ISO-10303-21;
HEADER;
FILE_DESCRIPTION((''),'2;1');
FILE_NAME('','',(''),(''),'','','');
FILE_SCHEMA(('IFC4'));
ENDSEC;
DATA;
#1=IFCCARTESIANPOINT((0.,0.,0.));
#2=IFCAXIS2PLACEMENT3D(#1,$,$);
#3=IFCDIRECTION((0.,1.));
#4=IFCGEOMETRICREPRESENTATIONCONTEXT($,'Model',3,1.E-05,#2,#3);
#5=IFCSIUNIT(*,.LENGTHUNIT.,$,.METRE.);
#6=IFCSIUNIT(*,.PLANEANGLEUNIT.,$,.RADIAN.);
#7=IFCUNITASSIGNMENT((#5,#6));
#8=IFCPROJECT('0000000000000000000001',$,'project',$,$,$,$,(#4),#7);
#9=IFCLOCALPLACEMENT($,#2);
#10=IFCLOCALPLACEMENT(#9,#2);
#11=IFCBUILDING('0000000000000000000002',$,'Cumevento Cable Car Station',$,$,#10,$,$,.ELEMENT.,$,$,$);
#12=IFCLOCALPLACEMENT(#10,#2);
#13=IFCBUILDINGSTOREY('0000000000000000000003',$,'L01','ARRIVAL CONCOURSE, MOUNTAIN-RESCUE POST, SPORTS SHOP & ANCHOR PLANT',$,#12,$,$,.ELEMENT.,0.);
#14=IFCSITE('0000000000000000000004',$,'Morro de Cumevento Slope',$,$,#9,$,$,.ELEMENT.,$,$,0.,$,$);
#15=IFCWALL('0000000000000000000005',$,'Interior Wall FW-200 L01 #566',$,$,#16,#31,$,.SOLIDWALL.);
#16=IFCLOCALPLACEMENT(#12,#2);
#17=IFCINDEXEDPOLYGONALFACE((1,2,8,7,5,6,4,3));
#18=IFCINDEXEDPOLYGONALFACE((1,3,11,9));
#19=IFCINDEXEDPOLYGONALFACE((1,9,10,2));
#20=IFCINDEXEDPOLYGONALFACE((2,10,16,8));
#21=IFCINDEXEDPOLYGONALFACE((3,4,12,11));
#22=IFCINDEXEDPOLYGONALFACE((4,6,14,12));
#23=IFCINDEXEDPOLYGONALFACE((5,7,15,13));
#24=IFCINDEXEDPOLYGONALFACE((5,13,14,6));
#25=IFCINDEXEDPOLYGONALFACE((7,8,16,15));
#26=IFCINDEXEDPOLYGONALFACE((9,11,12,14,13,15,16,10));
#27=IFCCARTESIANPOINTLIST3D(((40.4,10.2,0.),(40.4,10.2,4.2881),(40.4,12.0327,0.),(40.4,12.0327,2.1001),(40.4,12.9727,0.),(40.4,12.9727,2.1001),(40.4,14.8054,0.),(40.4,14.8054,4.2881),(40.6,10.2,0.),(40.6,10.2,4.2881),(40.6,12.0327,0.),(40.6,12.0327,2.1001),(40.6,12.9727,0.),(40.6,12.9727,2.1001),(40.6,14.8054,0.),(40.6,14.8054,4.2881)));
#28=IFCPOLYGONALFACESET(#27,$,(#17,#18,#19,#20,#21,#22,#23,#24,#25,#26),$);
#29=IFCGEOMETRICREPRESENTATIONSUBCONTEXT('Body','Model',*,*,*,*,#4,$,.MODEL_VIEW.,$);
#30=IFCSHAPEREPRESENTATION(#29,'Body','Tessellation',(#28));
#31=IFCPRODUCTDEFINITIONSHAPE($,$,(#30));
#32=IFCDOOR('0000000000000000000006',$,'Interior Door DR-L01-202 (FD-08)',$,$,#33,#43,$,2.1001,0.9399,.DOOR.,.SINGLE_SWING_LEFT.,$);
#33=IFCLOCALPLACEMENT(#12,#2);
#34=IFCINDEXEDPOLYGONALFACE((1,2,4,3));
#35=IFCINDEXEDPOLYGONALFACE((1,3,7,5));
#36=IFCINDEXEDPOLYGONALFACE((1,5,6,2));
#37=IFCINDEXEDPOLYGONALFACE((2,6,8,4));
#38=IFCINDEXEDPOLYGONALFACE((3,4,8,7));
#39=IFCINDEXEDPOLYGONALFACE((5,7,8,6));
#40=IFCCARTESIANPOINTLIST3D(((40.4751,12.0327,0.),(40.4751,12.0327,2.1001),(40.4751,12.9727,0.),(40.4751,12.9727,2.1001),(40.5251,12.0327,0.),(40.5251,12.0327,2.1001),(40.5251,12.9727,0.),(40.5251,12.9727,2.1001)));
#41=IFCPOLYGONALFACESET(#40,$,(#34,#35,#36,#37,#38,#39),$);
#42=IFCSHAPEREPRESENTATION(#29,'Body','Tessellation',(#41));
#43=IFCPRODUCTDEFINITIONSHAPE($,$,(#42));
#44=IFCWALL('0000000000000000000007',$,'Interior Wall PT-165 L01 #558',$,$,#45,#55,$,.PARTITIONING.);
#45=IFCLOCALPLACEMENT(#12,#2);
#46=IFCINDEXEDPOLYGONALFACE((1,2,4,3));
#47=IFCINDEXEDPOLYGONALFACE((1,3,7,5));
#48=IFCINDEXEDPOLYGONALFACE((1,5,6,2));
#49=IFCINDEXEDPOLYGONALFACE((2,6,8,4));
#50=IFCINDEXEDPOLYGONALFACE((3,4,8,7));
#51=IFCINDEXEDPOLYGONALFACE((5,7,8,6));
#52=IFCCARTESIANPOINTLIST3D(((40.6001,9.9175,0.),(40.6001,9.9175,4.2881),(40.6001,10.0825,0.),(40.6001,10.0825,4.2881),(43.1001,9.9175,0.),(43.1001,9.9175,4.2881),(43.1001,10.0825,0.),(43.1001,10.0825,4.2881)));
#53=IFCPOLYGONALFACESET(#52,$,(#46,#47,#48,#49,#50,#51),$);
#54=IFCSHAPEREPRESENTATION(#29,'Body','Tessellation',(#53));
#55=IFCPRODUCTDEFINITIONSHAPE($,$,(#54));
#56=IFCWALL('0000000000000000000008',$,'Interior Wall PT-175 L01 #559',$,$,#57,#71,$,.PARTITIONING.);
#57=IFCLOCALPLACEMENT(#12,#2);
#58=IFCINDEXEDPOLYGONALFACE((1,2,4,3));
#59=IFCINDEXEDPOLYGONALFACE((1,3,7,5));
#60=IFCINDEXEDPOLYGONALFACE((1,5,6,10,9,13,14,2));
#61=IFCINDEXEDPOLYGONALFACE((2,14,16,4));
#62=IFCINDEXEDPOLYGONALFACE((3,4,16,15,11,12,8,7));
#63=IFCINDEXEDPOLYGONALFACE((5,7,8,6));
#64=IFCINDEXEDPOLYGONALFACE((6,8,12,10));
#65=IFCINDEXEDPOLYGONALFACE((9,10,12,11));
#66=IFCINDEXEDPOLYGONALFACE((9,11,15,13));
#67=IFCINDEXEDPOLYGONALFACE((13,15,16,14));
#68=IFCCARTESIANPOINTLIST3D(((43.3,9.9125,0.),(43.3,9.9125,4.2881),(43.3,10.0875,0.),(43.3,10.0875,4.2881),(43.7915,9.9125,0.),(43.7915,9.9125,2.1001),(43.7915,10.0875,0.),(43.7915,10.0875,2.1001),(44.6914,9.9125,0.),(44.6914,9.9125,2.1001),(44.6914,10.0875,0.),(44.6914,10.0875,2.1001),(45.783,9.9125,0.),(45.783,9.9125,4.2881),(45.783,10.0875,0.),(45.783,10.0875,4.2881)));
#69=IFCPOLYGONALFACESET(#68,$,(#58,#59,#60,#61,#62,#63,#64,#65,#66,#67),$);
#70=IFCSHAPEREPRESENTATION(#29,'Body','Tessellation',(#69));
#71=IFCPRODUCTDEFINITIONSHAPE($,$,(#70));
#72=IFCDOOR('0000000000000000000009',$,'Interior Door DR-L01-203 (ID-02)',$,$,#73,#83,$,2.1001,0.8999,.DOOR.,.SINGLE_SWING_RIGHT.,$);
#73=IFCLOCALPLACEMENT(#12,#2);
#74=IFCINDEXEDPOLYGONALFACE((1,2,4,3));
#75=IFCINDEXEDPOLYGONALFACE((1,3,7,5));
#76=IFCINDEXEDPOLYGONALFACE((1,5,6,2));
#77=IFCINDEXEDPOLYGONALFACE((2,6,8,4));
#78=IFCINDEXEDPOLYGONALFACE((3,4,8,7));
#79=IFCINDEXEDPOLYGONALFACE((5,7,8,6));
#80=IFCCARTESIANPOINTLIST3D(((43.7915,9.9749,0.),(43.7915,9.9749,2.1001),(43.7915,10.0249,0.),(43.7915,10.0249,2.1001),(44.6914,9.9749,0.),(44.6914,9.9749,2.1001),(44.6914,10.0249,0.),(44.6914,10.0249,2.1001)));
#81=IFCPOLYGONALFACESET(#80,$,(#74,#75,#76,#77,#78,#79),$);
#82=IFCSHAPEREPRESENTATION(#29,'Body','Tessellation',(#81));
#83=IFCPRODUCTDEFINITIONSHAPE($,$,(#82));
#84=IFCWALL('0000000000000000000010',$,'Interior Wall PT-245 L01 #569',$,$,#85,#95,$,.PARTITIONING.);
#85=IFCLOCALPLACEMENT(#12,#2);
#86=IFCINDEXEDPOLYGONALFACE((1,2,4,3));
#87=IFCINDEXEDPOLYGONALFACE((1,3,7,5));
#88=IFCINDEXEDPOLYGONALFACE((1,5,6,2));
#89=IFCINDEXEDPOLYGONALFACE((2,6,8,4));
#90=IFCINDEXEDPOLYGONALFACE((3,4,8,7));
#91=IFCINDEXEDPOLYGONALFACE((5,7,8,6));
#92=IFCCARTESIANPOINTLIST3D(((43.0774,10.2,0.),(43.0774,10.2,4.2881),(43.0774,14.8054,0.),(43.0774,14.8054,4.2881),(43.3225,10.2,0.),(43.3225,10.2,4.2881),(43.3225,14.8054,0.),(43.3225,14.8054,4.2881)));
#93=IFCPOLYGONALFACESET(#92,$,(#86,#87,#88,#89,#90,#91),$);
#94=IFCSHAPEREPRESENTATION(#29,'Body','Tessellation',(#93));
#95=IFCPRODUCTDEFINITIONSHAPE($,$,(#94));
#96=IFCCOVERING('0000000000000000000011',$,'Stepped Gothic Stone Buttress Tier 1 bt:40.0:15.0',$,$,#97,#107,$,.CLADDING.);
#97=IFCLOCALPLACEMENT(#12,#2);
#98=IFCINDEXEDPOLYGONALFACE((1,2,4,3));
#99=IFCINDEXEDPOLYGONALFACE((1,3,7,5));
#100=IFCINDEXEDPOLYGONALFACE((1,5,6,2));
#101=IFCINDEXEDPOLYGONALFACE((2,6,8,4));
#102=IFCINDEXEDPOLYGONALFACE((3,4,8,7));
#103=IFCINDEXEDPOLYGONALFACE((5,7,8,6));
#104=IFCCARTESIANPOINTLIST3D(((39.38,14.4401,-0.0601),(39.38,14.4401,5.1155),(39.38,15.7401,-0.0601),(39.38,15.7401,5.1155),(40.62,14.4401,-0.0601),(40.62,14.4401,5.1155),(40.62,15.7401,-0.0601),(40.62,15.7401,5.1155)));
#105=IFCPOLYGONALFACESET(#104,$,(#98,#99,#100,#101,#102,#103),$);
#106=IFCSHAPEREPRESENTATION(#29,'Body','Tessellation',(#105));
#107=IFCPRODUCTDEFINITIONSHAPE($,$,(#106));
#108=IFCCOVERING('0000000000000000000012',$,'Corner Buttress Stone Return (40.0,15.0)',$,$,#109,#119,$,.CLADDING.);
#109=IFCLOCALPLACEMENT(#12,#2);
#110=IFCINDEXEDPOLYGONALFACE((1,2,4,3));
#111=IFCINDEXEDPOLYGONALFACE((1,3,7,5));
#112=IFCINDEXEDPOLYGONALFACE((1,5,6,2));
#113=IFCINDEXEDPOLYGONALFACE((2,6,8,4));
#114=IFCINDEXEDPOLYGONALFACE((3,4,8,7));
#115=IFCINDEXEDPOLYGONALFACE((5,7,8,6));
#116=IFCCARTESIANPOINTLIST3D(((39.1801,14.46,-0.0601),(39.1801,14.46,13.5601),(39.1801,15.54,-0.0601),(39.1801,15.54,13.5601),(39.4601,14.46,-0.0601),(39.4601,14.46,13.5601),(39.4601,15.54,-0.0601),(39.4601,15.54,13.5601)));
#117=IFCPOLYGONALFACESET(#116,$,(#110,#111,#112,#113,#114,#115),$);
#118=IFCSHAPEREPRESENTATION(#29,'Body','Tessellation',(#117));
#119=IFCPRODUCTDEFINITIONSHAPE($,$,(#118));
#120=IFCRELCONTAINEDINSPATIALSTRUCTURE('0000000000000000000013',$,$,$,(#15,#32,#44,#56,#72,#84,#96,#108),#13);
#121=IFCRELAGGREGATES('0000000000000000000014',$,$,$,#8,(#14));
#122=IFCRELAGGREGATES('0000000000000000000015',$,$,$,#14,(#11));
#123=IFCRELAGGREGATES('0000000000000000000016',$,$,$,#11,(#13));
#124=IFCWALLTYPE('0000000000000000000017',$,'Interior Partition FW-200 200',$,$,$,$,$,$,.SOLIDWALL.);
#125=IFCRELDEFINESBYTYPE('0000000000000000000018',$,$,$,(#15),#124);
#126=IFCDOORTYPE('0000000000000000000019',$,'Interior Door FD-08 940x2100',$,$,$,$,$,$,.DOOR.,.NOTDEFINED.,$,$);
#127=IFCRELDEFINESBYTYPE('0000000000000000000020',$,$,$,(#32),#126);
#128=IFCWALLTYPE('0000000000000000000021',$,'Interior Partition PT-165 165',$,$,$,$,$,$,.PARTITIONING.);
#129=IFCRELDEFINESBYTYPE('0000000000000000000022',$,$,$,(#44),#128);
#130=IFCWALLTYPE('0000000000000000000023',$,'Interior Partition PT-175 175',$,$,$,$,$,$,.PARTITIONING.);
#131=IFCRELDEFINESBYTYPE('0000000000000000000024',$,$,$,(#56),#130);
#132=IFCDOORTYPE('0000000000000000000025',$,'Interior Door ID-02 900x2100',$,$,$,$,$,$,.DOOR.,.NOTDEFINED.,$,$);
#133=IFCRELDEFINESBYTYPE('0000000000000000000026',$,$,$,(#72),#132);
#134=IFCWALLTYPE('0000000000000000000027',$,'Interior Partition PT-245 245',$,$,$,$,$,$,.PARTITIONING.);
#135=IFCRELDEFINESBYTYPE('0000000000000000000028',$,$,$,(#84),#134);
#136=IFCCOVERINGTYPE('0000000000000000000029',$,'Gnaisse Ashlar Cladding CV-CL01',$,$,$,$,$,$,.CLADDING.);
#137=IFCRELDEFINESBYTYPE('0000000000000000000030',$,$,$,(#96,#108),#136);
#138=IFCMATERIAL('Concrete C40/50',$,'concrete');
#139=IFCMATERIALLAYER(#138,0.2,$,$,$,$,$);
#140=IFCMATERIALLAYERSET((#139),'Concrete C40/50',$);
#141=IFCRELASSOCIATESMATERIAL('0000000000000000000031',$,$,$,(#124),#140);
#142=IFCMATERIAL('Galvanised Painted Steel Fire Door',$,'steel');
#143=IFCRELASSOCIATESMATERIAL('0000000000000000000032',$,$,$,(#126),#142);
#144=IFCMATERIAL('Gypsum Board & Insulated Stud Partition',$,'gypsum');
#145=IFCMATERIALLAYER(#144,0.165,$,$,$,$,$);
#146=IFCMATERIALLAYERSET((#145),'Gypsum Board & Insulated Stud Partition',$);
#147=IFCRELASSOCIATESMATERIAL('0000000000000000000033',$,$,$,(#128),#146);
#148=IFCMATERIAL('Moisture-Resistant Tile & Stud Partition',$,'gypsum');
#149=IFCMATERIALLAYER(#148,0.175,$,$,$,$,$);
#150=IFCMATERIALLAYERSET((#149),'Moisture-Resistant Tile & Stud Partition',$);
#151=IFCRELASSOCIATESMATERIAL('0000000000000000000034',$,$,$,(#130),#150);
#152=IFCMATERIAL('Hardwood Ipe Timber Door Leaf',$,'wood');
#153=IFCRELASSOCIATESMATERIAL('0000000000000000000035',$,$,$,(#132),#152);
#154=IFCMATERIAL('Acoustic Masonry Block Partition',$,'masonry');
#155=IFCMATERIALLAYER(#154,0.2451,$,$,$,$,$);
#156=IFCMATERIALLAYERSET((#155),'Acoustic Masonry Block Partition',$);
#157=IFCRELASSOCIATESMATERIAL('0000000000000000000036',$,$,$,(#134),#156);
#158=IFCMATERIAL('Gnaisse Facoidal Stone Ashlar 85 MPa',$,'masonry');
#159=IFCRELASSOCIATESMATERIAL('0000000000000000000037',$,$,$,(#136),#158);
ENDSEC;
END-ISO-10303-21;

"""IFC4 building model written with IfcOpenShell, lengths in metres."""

from ifc_helpers import new_model, si_unit, direction, frame, frame_2d, origin, origin_2d, place, context, subcontext, project, spatial, rectangle, extrude, material, layer, layer_set, type_object, element, fill, save


model = new_model("IFC4")

# Units and contexts
model_context = context("Model", 3, precision=1e-05, world=origin(), true_north=direction((0.0, 1.0)))
body_context = subcontext(model_context, "Body", "Model", "MODEL_VIEW")
ifc_project = project(units=[si_unit("LENGTHUNIT", "METRE"), si_unit("PLANEANGLEUNIT", "RADIAN")], contexts=[model_context])

# Site, building, storey
site_placement = place(None, origin())
site = spatial("IfcSite", under=ifc_project, at=site_placement, Name="Morro de Cumevento Slope", CompositionType="ELEMENT", RefElevation=0.0)
building_placement = place(site_placement, origin())
building = spatial("IfcBuilding", under=site, at=building_placement, Name="Cumevento Cable Car Station", CompositionType="ELEMENT")
storey_placement = place(building_placement, origin())
storey = spatial("IfcBuildingStorey", under=building, at=storey_placement, Name="L01", Description="ARRIVAL CONCOURSE, MOUNTAIN-RESCUE POST, SPORTS SHOP & ANCHOR PLANT", CompositionType="ELEMENT", Elevation=0.0)

# Wall, opening, door
ifc_material_1 = material(Name="Concrete C40/50", Category="concrete")
ifc_layer_1 = layer(ifc_material_1, 0.2)
ifc_layer_set_1 = layer_set([ifc_layer_1], Name="Concrete C40/50")
wall_type_1 = type_object("IfcWallType", Name="Interior Partition FW-200 200", PredefinedType="SOLIDWALL", material=ifc_layer_set_1)
wall_1_placement = place(storey_placement, frame((40.5, 10.2, 0.0), z_axis=(0.0, 0.0, 1.0), x_axis=(0.0, 1.0, 0.0)))
wall_1 = element("IfcWall", 1, at=wall_1_placement, inside=storey, type_object=wall_type_1, Name="Interior Wall FW-200 L01 #566", PredefinedType="SOLIDWALL", context=body_context, shape_type="SweptSolid", body=[
    extrude(rectangle(XDim=4.6055, YDim=0.2, at=frame_2d((2.3027, 0.0))), origin(), (0.0, 0.0, 1.0), 4.2881),
])
opening_1_placement = place(wall_1_placement, frame((1.8328, 0.0, 0.0)))
opening_1 = element("IfcOpeningElement", 2, at=opening_1_placement, cuts=wall_1, PredefinedType="OPENING", context=body_context, shape_type="SweptSolid", body=[
    extrude(rectangle(XDim=0.9399, YDim=2.1001, at=frame_2d((0.47, 1.05))), frame((0.0, 0.1101, 0.0), z_axis=(0.0, -1.0, 0.0), x_axis=(1.0, 0.0, 0.0)), (0.0, 0.0, 1.0), 0.22),
])
ifc_material_2 = material(Name="Galvanised Painted Steel Fire Door", Category="steel")
door_type_1 = type_object("IfcDoorType", Name="Interior Door FD-08 940x2100", OperationType="NOTDEFINED", PredefinedType="DOOR", material=ifc_material_2)
door_1_placement = place(opening_1_placement, origin())
door_1 = element("IfcDoor", 3, at=door_1_placement, inside=storey, type_object=door_type_1, Name="Interior Door DR-L01-202 (FD-08)", OperationType="SINGLE_SWING_LEFT", OverallHeight=2.1001, OverallWidth=0.9399, PredefinedType="DOOR", context=body_context, shape_type="SweptSolid", body=[
    extrude(rectangle(XDim=0.9399, YDim=2.1001, at=frame_2d((0.47, 1.05))), frame((0.0, 0.0249, 0.0), z_axis=(0.0, -1.0, 0.0), x_axis=(1.0, 0.0, 0.0)), (0.0, 0.0, 1.0), 0.05),
])
fill(opening_1, door_1)

# Wall
ifc_material_3 = material(Name="Gypsum Board & Insulated Stud Partition", Category="gypsum")
ifc_layer_2 = layer(ifc_material_3, 0.165)
ifc_layer_set_2 = layer_set([ifc_layer_2], Name="Gypsum Board & Insulated Stud Partition")
wall_type_2 = type_object("IfcWallType", Name="Interior Partition PT-165 165", PredefinedType="PARTITIONING", material=ifc_layer_set_2)
wall_2_placement = place(storey_placement, frame((40.6001, 10.0, 0.0), z_axis=(0.0, 0.0, 1.0), x_axis=(1.0, 0.0, 0.0)))
element("IfcWall", 4, at=wall_2_placement, inside=storey, type_object=wall_type_2, Name="Interior Wall PT-165 L01 #558", PredefinedType="PARTITIONING", context=body_context, shape_type="SweptSolid", body=[
    extrude(rectangle(XDim=2.5, YDim=0.165, at=frame_2d((1.25, 0.0))), origin(), (0.0, 0.0, 1.0), 4.2881),
])

# Wall, opening, door
ifc_material_4 = material(Name="Moisture-Resistant Tile & Stud Partition", Category="gypsum")
ifc_layer_3 = layer(ifc_material_4, 0.175)
ifc_layer_set_3 = layer_set([ifc_layer_3], Name="Moisture-Resistant Tile & Stud Partition")
wall_type_3 = type_object("IfcWallType", Name="Interior Partition PT-175 175", PredefinedType="PARTITIONING", material=ifc_layer_set_3)
wall_3_placement = place(storey_placement, frame((43.3, 10.0, 0.0), z_axis=(0.0, 0.0, 1.0), x_axis=(1.0, 0.0, 0.0)))
wall_3 = element("IfcWall", 5, at=wall_3_placement, inside=storey, type_object=wall_type_3, Name="Interior Wall PT-175 L01 #559", PredefinedType="PARTITIONING", context=body_context, shape_type="SweptSolid", body=[
    extrude(rectangle(XDim=2.4829, YDim=0.175, at=frame_2d((1.2415, 0.0))), origin(), (0.0, 0.0, 1.0), 4.2881),
])
opening_2_placement = place(wall_3_placement, frame((0.4915, 0.0, 0.0)))
opening_2 = element("IfcOpeningElement", 6, at=opening_2_placement, cuts=wall_3, PredefinedType="OPENING", context=body_context, shape_type="SweptSolid", body=[
    extrude(rectangle(XDim=0.8999, YDim=2.1001, at=frame_2d((0.45, 1.05))), frame((0.0, 0.0974, 0.0), z_axis=(0.0, -1.0, 0.0), x_axis=(1.0, 0.0, 0.0)), (0.0, 0.0, 1.0), 0.1951),
])
ifc_material_5 = material(Name="Hardwood Ipe Timber Door Leaf", Category="wood")
door_type_2 = type_object("IfcDoorType", Name="Interior Door ID-02 900x2100", OperationType="NOTDEFINED", PredefinedType="DOOR", material=ifc_material_5)
door_2_placement = place(opening_2_placement, origin())
door_2 = element("IfcDoor", 7, at=door_2_placement, inside=storey, type_object=door_type_2, Name="Interior Door DR-L01-203 (ID-02)", OperationType="SINGLE_SWING_RIGHT", OverallHeight=2.1001, OverallWidth=0.8999, PredefinedType="DOOR", context=body_context, shape_type="SweptSolid", body=[
    extrude(rectangle(XDim=0.8999, YDim=2.1001, at=frame_2d((0.45, 1.05))), frame((0.0, 0.0249, 0.0), z_axis=(0.0, -1.0, 0.0), x_axis=(1.0, 0.0, 0.0)), (0.0, 0.0, 1.0), 0.05),
])
fill(opening_2, door_2)

# Wall
ifc_material_6 = material(Name="Acoustic Masonry Block Partition", Category="masonry")
ifc_layer_4 = layer(ifc_material_6, 0.2451)
ifc_layer_set_4 = layer_set([ifc_layer_4], Name="Acoustic Masonry Block Partition")
wall_type_4 = type_object("IfcWallType", Name="Interior Partition PT-245 245", PredefinedType="PARTITIONING", material=ifc_layer_set_4)
wall_4_placement = place(storey_placement, frame((43.2, 10.2, 0.0), z_axis=(0.0, 0.0, 1.0), x_axis=(0.0, 1.0, 0.0)))
element("IfcWall", 8, at=wall_4_placement, inside=storey, type_object=wall_type_4, Name="Interior Wall PT-245 L01 #569", PredefinedType="PARTITIONING", context=body_context, shape_type="SweptSolid", body=[
    extrude(rectangle(XDim=4.6055, YDim=0.2451, at=frame_2d((2.3027, 0.0))), origin(), (0.0, 0.0, 1.0), 4.2881),
])

# Coverings
ifc_material_7 = material(Name="Gnaisse Facoidal Stone Ashlar 85 MPa", Category="masonry")
covering_type = type_object("IfcCoveringType", Name="Gnaisse Ashlar Cladding CV-CL01", PredefinedType="CLADDING", material=ifc_material_7)
covering_1_placement = place(storey_placement, frame((40.0, 15.0901, -0.0601), z_axis=(0.0, 0.0, 1.0), x_axis=(-1.0, 0.0, 0.0)))
element("IfcCovering", 9, at=covering_1_placement, inside=storey, type_object=covering_type, Name="Stepped Gothic Stone Buttress Tier 1 bt:40.0:15.0", PredefinedType="CLADDING", context=body_context, shape_type="SweptSolid", body=[
    extrude(rectangle(XDim=1.24, YDim=1.3, at=origin_2d()), origin(), (0.0, 0.0, 1.0), 5.1755),
])
covering_2_placement = place(storey_placement, frame((39.3201, 15.0, -0.0601), z_axis=(0.0, 0.0, 1.0), x_axis=(1.0, 0.0, 0.0)))
element("IfcCovering", 10, at=covering_2_placement, inside=storey, type_object=covering_type, Name="Corner Buttress Stone Return (40.0,15.0)", PredefinedType="CLADDING", context=body_context, shape_type="SweptSolid", body=[
    extrude(rectangle(XDim=0.28, YDim=1.0801, at=origin_2d()), origin(), (0.0, 0.0, 1.0), 13.6201),
])

save(model, "model.ifc")
